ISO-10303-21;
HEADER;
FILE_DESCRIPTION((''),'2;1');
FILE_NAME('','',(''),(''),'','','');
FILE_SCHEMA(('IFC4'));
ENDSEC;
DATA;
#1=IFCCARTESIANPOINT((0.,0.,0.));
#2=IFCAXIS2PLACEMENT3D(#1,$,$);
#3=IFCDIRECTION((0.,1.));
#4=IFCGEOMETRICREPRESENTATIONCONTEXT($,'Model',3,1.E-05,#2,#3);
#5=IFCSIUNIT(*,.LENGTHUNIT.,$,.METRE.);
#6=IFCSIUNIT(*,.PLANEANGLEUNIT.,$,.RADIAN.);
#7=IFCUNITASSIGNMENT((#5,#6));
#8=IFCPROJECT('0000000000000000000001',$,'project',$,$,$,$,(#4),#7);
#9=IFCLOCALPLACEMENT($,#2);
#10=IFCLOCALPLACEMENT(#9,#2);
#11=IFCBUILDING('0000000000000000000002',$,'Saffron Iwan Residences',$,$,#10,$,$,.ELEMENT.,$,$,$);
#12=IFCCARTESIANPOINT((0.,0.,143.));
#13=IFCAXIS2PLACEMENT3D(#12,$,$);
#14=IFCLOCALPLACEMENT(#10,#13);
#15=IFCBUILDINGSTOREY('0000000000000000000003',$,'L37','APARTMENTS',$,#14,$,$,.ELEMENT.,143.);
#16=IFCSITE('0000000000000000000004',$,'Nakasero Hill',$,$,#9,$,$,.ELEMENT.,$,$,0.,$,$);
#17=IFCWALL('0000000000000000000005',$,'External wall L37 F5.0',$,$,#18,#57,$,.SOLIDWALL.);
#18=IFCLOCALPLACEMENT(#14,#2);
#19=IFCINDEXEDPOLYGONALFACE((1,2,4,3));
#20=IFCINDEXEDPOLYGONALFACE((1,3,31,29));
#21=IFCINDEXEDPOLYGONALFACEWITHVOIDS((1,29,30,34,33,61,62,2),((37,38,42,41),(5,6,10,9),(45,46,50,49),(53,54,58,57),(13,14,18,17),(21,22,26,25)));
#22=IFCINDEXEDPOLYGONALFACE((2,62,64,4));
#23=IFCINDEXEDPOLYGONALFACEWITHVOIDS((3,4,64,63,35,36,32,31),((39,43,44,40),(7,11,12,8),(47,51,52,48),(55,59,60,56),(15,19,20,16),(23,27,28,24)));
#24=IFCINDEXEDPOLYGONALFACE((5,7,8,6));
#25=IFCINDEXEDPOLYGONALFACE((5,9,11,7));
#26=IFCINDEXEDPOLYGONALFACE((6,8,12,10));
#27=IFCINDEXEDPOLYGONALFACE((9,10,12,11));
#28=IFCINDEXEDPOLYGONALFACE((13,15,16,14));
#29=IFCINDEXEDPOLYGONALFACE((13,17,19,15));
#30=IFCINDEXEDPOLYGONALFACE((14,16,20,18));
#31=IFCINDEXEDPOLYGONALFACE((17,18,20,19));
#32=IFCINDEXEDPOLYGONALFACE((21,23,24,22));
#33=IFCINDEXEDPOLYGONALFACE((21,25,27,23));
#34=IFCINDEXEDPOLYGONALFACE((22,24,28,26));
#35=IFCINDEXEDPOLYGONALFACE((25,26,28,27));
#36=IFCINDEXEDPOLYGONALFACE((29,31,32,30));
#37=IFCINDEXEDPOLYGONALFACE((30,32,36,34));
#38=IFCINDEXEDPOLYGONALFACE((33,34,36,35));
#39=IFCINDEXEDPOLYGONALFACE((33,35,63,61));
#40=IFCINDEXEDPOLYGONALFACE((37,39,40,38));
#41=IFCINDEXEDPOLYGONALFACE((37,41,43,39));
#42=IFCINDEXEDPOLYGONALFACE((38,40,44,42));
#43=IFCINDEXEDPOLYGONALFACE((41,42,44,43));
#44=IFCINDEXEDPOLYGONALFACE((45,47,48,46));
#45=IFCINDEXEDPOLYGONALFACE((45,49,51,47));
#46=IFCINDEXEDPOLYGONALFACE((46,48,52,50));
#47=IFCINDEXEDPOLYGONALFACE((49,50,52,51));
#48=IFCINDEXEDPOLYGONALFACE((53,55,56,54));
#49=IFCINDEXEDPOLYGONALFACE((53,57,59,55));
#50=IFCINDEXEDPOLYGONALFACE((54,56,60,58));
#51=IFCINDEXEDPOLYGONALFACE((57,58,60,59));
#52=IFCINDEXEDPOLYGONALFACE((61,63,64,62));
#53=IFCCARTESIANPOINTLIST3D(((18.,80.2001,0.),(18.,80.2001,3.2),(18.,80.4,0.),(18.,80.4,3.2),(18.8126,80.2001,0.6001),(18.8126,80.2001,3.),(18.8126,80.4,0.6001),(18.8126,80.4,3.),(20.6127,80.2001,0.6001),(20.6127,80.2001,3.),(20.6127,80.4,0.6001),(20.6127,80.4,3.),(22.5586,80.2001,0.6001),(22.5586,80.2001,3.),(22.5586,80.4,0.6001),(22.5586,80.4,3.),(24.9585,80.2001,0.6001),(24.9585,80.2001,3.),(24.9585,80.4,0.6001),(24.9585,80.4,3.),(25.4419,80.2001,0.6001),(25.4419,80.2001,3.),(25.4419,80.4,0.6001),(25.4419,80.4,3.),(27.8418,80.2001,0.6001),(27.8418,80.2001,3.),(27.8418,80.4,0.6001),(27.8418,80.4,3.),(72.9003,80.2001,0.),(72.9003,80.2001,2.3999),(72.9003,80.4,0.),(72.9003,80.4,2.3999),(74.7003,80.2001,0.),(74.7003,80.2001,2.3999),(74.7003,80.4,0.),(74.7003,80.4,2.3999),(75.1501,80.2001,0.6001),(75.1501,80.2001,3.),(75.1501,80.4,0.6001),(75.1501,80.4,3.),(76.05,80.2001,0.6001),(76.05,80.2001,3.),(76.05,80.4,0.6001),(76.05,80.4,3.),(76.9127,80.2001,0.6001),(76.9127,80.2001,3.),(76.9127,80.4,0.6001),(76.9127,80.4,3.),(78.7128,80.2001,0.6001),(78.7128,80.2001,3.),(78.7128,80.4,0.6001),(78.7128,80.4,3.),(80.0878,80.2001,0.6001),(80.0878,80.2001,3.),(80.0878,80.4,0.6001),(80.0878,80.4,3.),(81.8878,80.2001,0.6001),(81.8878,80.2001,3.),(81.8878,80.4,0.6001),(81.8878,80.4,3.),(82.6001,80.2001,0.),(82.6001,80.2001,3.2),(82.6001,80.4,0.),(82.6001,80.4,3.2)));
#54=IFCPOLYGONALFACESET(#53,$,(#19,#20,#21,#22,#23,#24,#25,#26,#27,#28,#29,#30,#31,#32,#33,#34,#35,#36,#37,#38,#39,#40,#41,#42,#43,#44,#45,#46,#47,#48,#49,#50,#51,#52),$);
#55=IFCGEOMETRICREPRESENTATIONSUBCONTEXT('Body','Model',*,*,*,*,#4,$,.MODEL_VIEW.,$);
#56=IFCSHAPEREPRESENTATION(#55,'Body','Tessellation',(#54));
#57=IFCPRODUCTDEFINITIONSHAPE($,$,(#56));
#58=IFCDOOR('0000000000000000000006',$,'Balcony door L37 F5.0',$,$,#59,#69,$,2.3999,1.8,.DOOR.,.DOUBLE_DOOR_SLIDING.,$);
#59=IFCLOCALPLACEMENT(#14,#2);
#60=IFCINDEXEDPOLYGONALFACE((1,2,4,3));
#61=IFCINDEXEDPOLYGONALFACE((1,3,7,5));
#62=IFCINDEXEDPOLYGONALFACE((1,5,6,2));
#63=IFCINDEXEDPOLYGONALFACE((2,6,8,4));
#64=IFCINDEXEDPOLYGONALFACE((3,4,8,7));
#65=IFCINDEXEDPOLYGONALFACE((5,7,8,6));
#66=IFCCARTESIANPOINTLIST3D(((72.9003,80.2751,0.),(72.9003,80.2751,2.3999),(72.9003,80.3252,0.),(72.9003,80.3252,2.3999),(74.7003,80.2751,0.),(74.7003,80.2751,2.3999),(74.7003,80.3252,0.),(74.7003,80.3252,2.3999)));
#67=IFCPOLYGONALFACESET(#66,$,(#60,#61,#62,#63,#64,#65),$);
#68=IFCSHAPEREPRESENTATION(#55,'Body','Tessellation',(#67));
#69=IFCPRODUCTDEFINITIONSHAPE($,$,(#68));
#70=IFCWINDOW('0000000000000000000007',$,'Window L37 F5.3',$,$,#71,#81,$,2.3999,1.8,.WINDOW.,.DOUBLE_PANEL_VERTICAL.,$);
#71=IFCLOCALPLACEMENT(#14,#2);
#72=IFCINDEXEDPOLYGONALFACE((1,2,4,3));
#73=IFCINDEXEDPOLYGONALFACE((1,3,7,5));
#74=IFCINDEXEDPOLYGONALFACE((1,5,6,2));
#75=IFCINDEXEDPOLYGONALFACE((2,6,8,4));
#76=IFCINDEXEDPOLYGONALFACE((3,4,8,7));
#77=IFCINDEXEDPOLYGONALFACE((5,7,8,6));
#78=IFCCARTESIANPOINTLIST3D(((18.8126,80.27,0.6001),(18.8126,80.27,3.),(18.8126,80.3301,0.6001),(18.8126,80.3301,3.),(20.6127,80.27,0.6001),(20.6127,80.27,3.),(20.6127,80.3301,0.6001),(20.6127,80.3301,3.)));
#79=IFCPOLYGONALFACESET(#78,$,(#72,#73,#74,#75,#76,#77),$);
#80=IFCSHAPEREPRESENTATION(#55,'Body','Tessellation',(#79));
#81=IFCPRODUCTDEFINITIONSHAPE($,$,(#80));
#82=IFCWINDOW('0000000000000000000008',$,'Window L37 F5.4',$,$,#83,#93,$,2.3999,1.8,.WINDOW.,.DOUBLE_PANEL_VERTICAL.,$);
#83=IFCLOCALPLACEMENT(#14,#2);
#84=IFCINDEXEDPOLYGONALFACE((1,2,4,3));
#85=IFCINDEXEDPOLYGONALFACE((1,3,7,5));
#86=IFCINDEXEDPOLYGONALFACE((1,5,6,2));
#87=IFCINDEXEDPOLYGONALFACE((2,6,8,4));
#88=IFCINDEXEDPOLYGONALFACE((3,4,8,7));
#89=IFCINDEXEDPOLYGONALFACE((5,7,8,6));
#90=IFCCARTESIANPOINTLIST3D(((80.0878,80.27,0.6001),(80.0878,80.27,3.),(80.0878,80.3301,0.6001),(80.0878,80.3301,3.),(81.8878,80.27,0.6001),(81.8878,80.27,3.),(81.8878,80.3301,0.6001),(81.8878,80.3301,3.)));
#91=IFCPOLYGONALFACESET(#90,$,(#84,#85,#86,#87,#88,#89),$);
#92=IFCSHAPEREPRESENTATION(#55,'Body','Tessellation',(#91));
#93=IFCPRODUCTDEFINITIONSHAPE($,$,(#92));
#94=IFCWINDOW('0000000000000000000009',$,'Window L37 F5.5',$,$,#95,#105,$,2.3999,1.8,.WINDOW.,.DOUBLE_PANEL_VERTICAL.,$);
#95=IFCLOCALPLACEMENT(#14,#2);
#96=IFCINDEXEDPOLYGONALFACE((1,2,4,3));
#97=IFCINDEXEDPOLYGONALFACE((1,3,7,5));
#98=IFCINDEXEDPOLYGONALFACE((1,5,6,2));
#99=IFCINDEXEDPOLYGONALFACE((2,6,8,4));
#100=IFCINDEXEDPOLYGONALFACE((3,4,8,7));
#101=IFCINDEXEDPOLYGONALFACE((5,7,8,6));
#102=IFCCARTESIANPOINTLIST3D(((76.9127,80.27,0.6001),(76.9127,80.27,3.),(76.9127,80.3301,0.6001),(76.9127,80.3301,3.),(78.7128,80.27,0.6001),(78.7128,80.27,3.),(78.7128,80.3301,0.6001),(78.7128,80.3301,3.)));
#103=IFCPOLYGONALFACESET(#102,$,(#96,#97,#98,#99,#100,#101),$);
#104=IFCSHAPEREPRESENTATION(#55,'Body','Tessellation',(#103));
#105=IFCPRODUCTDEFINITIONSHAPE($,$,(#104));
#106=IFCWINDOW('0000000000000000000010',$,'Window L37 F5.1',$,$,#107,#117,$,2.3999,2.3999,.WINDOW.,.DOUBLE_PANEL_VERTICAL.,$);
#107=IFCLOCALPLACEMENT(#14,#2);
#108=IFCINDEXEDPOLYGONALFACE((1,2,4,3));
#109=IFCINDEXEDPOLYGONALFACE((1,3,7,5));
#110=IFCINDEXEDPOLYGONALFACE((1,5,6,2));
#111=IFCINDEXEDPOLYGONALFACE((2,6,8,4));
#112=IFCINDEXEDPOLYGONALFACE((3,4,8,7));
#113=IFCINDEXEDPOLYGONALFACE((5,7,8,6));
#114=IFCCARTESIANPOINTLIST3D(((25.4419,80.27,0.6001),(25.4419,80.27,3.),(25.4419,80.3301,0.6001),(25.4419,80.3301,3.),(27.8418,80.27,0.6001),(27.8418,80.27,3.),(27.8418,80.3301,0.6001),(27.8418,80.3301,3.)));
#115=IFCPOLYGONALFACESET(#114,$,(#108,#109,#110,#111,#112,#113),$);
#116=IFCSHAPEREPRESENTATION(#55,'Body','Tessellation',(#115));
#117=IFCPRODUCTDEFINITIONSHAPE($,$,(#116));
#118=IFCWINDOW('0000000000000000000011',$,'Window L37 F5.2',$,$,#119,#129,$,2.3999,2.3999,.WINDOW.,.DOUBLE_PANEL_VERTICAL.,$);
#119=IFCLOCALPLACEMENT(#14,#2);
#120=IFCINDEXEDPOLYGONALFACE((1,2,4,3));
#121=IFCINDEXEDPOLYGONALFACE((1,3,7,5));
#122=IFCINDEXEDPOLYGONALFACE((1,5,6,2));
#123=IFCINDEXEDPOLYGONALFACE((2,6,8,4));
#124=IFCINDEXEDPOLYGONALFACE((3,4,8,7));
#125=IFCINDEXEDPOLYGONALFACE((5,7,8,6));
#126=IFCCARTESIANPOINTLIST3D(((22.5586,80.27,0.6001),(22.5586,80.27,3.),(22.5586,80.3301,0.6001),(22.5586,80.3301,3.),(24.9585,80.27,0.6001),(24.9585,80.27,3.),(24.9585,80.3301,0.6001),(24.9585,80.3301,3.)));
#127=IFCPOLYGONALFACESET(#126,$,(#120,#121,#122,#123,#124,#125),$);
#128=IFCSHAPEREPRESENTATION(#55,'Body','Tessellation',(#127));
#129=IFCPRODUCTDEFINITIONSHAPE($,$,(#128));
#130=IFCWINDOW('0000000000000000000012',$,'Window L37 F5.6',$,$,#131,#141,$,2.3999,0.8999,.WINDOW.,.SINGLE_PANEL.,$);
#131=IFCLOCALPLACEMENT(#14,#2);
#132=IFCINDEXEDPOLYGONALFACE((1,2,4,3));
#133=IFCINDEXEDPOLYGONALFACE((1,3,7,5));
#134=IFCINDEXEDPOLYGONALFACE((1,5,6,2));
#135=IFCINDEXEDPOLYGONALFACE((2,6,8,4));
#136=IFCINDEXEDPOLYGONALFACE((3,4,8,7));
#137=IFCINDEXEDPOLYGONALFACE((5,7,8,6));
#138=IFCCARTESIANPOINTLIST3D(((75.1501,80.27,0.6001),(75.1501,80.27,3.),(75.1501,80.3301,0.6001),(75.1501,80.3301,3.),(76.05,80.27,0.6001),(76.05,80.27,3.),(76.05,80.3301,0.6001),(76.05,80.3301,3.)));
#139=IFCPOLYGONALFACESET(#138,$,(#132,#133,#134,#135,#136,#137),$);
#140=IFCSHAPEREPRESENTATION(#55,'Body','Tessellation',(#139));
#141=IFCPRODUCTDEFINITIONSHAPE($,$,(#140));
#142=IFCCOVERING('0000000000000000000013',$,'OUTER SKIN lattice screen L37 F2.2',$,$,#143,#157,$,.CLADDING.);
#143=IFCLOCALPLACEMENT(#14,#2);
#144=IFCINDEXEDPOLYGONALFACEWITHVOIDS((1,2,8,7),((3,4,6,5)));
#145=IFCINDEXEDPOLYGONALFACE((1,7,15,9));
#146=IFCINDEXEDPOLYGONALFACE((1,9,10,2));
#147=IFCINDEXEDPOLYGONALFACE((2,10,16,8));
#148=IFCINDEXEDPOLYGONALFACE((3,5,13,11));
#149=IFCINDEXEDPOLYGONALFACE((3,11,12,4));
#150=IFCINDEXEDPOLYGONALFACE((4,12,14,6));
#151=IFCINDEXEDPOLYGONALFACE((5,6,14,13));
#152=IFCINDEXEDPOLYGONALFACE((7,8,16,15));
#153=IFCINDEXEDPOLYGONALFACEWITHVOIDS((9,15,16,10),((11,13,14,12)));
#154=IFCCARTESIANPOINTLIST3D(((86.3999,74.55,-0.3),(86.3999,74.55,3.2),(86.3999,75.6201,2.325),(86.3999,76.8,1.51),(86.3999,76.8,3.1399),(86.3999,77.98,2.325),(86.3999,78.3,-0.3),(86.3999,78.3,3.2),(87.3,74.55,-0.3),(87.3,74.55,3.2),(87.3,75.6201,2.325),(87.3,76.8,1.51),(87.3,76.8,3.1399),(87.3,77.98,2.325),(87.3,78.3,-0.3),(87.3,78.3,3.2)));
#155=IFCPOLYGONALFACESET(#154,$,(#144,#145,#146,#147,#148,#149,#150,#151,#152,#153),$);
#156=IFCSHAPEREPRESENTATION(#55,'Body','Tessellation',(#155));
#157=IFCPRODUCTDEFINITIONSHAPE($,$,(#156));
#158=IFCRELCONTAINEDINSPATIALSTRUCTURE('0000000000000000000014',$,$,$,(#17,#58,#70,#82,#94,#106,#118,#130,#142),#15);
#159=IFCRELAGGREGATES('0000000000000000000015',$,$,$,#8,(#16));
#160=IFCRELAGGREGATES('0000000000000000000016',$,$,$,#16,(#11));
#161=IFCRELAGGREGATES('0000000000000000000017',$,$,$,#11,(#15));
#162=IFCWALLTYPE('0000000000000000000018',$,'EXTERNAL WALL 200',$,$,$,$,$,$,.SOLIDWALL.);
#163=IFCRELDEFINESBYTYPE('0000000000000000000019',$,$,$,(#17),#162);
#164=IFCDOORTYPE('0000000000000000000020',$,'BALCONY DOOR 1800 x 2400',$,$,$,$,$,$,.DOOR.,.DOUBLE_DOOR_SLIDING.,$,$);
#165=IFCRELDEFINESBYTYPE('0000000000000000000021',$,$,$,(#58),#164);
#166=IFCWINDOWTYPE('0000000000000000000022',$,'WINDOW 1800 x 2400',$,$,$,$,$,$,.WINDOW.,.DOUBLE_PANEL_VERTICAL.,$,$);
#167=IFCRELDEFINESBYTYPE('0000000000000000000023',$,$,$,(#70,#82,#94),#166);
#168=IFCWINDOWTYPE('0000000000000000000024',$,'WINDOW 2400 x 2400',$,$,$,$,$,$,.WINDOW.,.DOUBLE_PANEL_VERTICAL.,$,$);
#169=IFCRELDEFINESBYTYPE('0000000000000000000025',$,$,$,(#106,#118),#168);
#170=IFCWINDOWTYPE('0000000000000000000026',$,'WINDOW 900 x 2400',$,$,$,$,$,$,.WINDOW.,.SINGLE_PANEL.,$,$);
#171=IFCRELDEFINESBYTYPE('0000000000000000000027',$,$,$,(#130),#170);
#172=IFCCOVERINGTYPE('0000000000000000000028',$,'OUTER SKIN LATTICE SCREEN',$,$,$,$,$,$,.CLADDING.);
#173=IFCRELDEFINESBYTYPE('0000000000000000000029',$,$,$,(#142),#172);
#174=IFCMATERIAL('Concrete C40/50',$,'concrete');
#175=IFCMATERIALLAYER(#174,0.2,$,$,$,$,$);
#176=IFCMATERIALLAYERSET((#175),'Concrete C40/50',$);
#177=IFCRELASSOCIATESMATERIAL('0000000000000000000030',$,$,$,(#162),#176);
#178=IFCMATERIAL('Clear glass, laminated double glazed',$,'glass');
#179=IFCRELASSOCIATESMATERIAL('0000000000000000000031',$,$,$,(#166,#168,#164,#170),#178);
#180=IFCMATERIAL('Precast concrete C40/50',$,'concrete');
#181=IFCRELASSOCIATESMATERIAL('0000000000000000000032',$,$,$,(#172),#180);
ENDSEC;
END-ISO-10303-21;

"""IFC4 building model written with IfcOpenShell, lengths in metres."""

from ifc_helpers import new_model, si_unit, direction, frame, frame_2d, origin, place, context, subcontext, project, spatial, polyline, rectangle, outline, extrude, material, layer, layer_set, type_object, element, fill, save


model = new_model("IFC4")

# Units and contexts
model_context = context("Model", 3, precision=1e-05, world=origin(), true_north=direction((0.0, 1.0)))
body_context = subcontext(model_context, "Body", "Model", "MODEL_VIEW")
ifc_project = project(units=[si_unit("LENGTHUNIT", "METRE"), si_unit("PLANEANGLEUNIT", "RADIAN")], contexts=[model_context])

# Site, building, storey
site_placement = place(None, origin())
site = spatial("IfcSite", under=ifc_project, at=site_placement, Name="Nakasero Hill", CompositionType="ELEMENT", RefElevation=0.0)
building_placement = place(site_placement, origin())
building = spatial("IfcBuilding", under=site, at=building_placement, Name="Saffron Iwan Residences", CompositionType="ELEMENT")
storey_placement = place(building_placement, frame((0.0, 0.0, 143.0)))
storey = spatial("IfcBuildingStorey", under=building, at=storey_placement, Name="L37", Description="APARTMENTS", CompositionType="ELEMENT", Elevation=143.0)

# Shared definitions
ifc_material_1 = material(Name="Concrete C40/50", Category="concrete")
ifc_layer_1 = layer(ifc_material_1, 0.2)
ifc_layer_set_1 = layer_set([ifc_layer_1], Name="Concrete C40/50")
wall_type_1 = type_object("IfcWallType", Name="EXTERNAL WALL 200", PredefinedType="SOLIDWALL", material=ifc_layer_set_1)
ifc_material_2 = material(Name="Clear glass, laminated double glazed", Category="glass")
window_type_1 = type_object("IfcWindowType", Name="WINDOW 1800 x 2400", PartitioningType="DOUBLE_PANEL_VERTICAL", PredefinedType="WINDOW", material=ifc_material_2)
window_type_2 = type_object("IfcWindowType", Name="WINDOW 2400 x 2400", PartitioningType="DOUBLE_PANEL_VERTICAL", PredefinedType="WINDOW", material=ifc_material_2)

# Wall, openings, door, windows
wall_1_placement = place(storey_placement, frame((82.6001, 80.3, 0.0), z_axis=(0.0, 0.0, 1.0), x_axis=(-1.0, 0.0, 0.0)))
wall_1 = element("IfcWall", 1, at=wall_1_placement, inside=storey, type_object=wall_type_1, Name="External wall L37 F5.0", PredefinedType="SOLIDWALL", context=body_context, shape_type="SweptSolid", body=[
    extrude(rectangle(XDim=64.6001, YDim=0.2, at=frame_2d((32.3, 0.0))), origin(), (0.0, 0.0, 1.0), 3.2),
])
opening_1_placement = place(wall_1_placement, frame((7.8999, 0.0, 0.0)))
opening_1 = element("IfcOpeningElement", 2, at=opening_1_placement, cuts=wall_1, PredefinedType="OPENING", context=body_context, shape_type="SweptSolid", body=[
    extrude(rectangle(XDim=1.8, YDim=2.3999, at=frame_2d((0.8999, 1.2))), frame((0.0, 0.1099, 0.0), z_axis=(0.0, -1.0, 0.0), x_axis=(1.0, 0.0, 0.0)), (0.0, 0.0, 1.0), 0.22),
])
opening_2_placement = place(wall_1_placement, frame((54.7583, 0.0, 0.6001)))
opening_2 = element("IfcOpeningElement", 3, at=opening_2_placement, cuts=wall_1, PredefinedType="OPENING", context=body_context, shape_type="SweptSolid", body=[
    extrude(rectangle(XDim=2.3999, YDim=2.3999, at=frame_2d((1.2, 1.2))), frame((0.0, 0.1099, 0.0), z_axis=(0.0, -1.0, 0.0), x_axis=(1.0, 0.0, 0.0)), (0.0, 0.0, 1.0), 0.22),
])
opening_3_placement = place(wall_1_placement, frame((57.6416, 0.0, 0.6001)))
opening_3 = element("IfcOpeningElement", 4, at=opening_3_placement, cuts=wall_1, PredefinedType="OPENING", context=body_context, shape_type="SweptSolid", body=[
    extrude(rectangle(XDim=2.3999, YDim=2.3999, at=frame_2d((1.2, 1.2))), frame((0.0, 0.1099, 0.0), z_axis=(0.0, -1.0, 0.0), x_axis=(1.0, 0.0, 0.0)), (0.0, 0.0, 1.0), 0.22),
])
opening_4_placement = place(wall_1_placement, frame((61.9875, 0.0, 0.6001)))
opening_4 = element("IfcOpeningElement", 5, at=opening_4_placement, cuts=wall_1, PredefinedType="OPENING", context=body_context, shape_type="SweptSolid", body=[
    extrude(rectangle(XDim=1.8, YDim=2.3999, at=frame_2d((0.8999, 1.2))), frame((0.0, 0.1099, 0.0), z_axis=(0.0, -1.0, 0.0), x_axis=(1.0, 0.0, 0.0)), (0.0, 0.0, 1.0), 0.22),
])
opening_5_placement = place(wall_1_placement, frame((0.7124, 0.0, 0.6001)))
opening_5 = element("IfcOpeningElement", 6, at=opening_5_placement, cuts=wall_1, PredefinedType="OPENING", context=body_context, shape_type="SweptSolid", body=[
    extrude(rectangle(XDim=1.8, YDim=2.3999, at=frame_2d((0.8999, 1.2))), frame((0.0, 0.1099, 0.0), z_axis=(0.0, -1.0, 0.0), x_axis=(1.0, 0.0, 0.0)), (0.0, 0.0, 1.0), 0.22),
])
opening_6_placement = place(wall_1_placement, frame((3.8875, 0.0, 0.6001)))
opening_6 = element("IfcOpeningElement", 7, at=opening_6_placement, cuts=wall_1, PredefinedType="OPENING", context=body_context, shape_type="SweptSolid", body=[
    extrude(rectangle(XDim=1.8, YDim=2.3999, at=frame_2d((0.8999, 1.2))), frame((0.0, 0.1099, 0.0), z_axis=(0.0, -1.0, 0.0), x_axis=(1.0, 0.0, 0.0)), (0.0, 0.0, 1.0), 0.22),
])
opening_7_placement = place(wall_1_placement, frame((6.55, 0.0, 0.6001)))
opening_7 = element("IfcOpeningElement", 8, at=opening_7_placement, cuts=wall_1, PredefinedType="OPENING", context=body_context, shape_type="SweptSolid", body=[
    extrude(rectangle(XDim=0.8999, YDim=2.3999, at=frame_2d((0.45, 1.2))), frame((0.0, 0.1099, 0.0), z_axis=(0.0, -1.0, 0.0), x_axis=(1.0, 0.0, 0.0)), (0.0, 0.0, 1.0), 0.22),
])
door_type = type_object("IfcDoorType", Name="BALCONY DOOR 1800 x 2400", OperationType="DOUBLE_DOOR_SLIDING", PredefinedType="DOOR", material=ifc_material_2)
door_placement = place(opening_1_placement, origin())
door = element("IfcDoor", 9, at=door_placement, inside=storey, type_object=door_type, Name="Balcony door L37 F5.0", OperationType="DOUBLE_DOOR_SLIDING", OverallHeight=2.3999, OverallWidth=1.8, PredefinedType="DOOR", context=body_context, shape_type="SweptSolid", body=[
    extrude(rectangle(XDim=1.8, YDim=2.3999, at=frame_2d((0.8999, 1.2))), frame((0.0, 0.0249, 0.0), z_axis=(0.0, -1.0, 0.0), x_axis=(1.0, 0.0, 0.0)), (0.0, 0.0, 1.0), 0.05),
])
fill(opening_1, door)
window_1_placement = place(opening_4_placement, origin())
window_1 = element("IfcWindow", 10, at=window_1_placement, inside=storey, type_object=window_type_1, Name="Window L37 F5.3", OverallHeight=2.3999, OverallWidth=1.8, PartitioningType="DOUBLE_PANEL_VERTICAL", PredefinedType="WINDOW", context=body_context, shape_type="SweptSolid", body=[
    extrude(rectangle(XDim=1.8, YDim=2.3999, at=frame_2d((0.8999, 1.2))), frame((0.0, 0.03, 0.0), z_axis=(0.0, -1.0, 0.0), x_axis=(1.0, 0.0, 0.0)), (0.0, 0.0, 1.0), 0.0601),
])
fill(opening_4, window_1)
window_2_placement = place(opening_5_placement, origin())
window_2 = element("IfcWindow", 11, at=window_2_placement, inside=storey, type_object=window_type_1, Name="Window L37 F5.4", OverallHeight=2.3999, OverallWidth=1.8, PartitioningType="DOUBLE_PANEL_VERTICAL", PredefinedType="WINDOW", context=body_context, shape_type="SweptSolid", body=[
    extrude(rectangle(XDim=1.8, YDim=2.3999, at=frame_2d((0.8999, 1.2))), frame((0.0, 0.03, 0.0), z_axis=(0.0, -1.0, 0.0), x_axis=(1.0, 0.0, 0.0)), (0.0, 0.0, 1.0), 0.0601),
])
fill(opening_5, window_2)
window_3_placement = place(opening_6_placement, origin())
window_3 = element("IfcWindow", 12, at=window_3_placement, inside=storey, type_object=window_type_1, Name="Window L37 F5.5", OverallHeight=2.3999, OverallWidth=1.8, PartitioningType="DOUBLE_PANEL_VERTICAL", PredefinedType="WINDOW", context=body_context, shape_type="SweptSolid", body=[
    extrude(rectangle(XDim=1.8, YDim=2.3999, at=frame_2d((0.8999, 1.2))), frame((0.0, 0.03, 0.0), z_axis=(0.0, -1.0, 0.0), x_axis=(1.0, 0.0, 0.0)), (0.0, 0.0, 1.0), 0.0601),
])
fill(opening_6, window_3)
window_4_placement = place(opening_2_placement, origin())
window_4 = element("IfcWindow", 13, at=window_4_placement, inside=storey, type_object=window_type_2, Name="Window L37 F5.1", OverallHeight=2.3999, OverallWidth=2.3999, PartitioningType="DOUBLE_PANEL_VERTICAL", PredefinedType="WINDOW", context=body_context, shape_type="SweptSolid", body=[
    extrude(rectangle(XDim=2.3999, YDim=2.3999, at=frame_2d((1.2, 1.2))), frame((0.0, 0.03, 0.0), z_axis=(0.0, -1.0, 0.0), x_axis=(1.0, 0.0, 0.0)), (0.0, 0.0, 1.0), 0.0601),
])
fill(opening_2, window_4)
window_5_placement = place(opening_3_placement, origin())
window_5 = element("IfcWindow", 14, at=window_5_placement, inside=storey, type_object=window_type_2, Name="Window L37 F5.2", OverallHeight=2.3999, OverallWidth=2.3999, PartitioningType="DOUBLE_PANEL_VERTICAL", PredefinedType="WINDOW", context=body_context, shape_type="SweptSolid", body=[
    extrude(rectangle(XDim=2.3999, YDim=2.3999, at=frame_2d((1.2, 1.2))), frame((0.0, 0.03, 0.0), z_axis=(0.0, -1.0, 0.0), x_axis=(1.0, 0.0, 0.0)), (0.0, 0.0, 1.0), 0.0601),
])
fill(opening_3, window_5)
window_type_3 = type_object("IfcWindowType", Name="WINDOW 900 x 2400", PartitioningType="SINGLE_PANEL", PredefinedType="WINDOW", material=ifc_material_2)
window_6_placement = place(opening_7_placement, origin())
window_6 = element("IfcWindow", 15, at=window_6_placement, inside=storey, type_object=window_type_3, Name="Window L37 F5.6", OverallHeight=2.3999, OverallWidth=0.8999, PartitioningType="SINGLE_PANEL", PredefinedType="WINDOW", context=body_context, shape_type="SweptSolid", body=[
    extrude(rectangle(XDim=0.8999, YDim=2.3999, at=frame_2d((0.45, 1.2))), frame((0.0, 0.03, 0.0), z_axis=(0.0, -1.0, 0.0), x_axis=(1.0, 0.0, 0.0)), (0.0, 0.0, 1.0), 0.0601),
])
fill(opening_7, window_6)

# Covering
ifc_material_3 = material(Name="Precast concrete C40/50", Category="concrete")
covering_type = type_object("IfcCoveringType", Name="OUTER SKIN LATTICE SCREEN", PredefinedType="CLADDING", material=ifc_material_3)
covering_1_placement = place(storey_placement, frame((86.3999, 74.55, -0.3), z_axis=(1.0, 0.0, 0.0), x_axis=(0.0, 1.0, 0.0)))
element("IfcCovering", 16, at=covering_1_placement, inside=storey, type_object=covering_type, Name="OUTER SKIN lattice screen L37 F2.2", PredefinedType="CLADDING", context=body_context, shape_type="SweptSolid", body=[
    extrude(outline(polyline([(0.0, 0.0), (3.75, 0.0), (3.75, 3.5), (0.0, 3.5), (0.0, 0.0)]), holes=[polyline([(1.0701, 2.625), (2.25, 1.8101), (3.4299, 2.625), (2.25, 3.4399), (1.0701, 2.625)])]), origin(), (0.0, 0.0, 1.0), 0.9001),
])

save(model, "model.ifc")
